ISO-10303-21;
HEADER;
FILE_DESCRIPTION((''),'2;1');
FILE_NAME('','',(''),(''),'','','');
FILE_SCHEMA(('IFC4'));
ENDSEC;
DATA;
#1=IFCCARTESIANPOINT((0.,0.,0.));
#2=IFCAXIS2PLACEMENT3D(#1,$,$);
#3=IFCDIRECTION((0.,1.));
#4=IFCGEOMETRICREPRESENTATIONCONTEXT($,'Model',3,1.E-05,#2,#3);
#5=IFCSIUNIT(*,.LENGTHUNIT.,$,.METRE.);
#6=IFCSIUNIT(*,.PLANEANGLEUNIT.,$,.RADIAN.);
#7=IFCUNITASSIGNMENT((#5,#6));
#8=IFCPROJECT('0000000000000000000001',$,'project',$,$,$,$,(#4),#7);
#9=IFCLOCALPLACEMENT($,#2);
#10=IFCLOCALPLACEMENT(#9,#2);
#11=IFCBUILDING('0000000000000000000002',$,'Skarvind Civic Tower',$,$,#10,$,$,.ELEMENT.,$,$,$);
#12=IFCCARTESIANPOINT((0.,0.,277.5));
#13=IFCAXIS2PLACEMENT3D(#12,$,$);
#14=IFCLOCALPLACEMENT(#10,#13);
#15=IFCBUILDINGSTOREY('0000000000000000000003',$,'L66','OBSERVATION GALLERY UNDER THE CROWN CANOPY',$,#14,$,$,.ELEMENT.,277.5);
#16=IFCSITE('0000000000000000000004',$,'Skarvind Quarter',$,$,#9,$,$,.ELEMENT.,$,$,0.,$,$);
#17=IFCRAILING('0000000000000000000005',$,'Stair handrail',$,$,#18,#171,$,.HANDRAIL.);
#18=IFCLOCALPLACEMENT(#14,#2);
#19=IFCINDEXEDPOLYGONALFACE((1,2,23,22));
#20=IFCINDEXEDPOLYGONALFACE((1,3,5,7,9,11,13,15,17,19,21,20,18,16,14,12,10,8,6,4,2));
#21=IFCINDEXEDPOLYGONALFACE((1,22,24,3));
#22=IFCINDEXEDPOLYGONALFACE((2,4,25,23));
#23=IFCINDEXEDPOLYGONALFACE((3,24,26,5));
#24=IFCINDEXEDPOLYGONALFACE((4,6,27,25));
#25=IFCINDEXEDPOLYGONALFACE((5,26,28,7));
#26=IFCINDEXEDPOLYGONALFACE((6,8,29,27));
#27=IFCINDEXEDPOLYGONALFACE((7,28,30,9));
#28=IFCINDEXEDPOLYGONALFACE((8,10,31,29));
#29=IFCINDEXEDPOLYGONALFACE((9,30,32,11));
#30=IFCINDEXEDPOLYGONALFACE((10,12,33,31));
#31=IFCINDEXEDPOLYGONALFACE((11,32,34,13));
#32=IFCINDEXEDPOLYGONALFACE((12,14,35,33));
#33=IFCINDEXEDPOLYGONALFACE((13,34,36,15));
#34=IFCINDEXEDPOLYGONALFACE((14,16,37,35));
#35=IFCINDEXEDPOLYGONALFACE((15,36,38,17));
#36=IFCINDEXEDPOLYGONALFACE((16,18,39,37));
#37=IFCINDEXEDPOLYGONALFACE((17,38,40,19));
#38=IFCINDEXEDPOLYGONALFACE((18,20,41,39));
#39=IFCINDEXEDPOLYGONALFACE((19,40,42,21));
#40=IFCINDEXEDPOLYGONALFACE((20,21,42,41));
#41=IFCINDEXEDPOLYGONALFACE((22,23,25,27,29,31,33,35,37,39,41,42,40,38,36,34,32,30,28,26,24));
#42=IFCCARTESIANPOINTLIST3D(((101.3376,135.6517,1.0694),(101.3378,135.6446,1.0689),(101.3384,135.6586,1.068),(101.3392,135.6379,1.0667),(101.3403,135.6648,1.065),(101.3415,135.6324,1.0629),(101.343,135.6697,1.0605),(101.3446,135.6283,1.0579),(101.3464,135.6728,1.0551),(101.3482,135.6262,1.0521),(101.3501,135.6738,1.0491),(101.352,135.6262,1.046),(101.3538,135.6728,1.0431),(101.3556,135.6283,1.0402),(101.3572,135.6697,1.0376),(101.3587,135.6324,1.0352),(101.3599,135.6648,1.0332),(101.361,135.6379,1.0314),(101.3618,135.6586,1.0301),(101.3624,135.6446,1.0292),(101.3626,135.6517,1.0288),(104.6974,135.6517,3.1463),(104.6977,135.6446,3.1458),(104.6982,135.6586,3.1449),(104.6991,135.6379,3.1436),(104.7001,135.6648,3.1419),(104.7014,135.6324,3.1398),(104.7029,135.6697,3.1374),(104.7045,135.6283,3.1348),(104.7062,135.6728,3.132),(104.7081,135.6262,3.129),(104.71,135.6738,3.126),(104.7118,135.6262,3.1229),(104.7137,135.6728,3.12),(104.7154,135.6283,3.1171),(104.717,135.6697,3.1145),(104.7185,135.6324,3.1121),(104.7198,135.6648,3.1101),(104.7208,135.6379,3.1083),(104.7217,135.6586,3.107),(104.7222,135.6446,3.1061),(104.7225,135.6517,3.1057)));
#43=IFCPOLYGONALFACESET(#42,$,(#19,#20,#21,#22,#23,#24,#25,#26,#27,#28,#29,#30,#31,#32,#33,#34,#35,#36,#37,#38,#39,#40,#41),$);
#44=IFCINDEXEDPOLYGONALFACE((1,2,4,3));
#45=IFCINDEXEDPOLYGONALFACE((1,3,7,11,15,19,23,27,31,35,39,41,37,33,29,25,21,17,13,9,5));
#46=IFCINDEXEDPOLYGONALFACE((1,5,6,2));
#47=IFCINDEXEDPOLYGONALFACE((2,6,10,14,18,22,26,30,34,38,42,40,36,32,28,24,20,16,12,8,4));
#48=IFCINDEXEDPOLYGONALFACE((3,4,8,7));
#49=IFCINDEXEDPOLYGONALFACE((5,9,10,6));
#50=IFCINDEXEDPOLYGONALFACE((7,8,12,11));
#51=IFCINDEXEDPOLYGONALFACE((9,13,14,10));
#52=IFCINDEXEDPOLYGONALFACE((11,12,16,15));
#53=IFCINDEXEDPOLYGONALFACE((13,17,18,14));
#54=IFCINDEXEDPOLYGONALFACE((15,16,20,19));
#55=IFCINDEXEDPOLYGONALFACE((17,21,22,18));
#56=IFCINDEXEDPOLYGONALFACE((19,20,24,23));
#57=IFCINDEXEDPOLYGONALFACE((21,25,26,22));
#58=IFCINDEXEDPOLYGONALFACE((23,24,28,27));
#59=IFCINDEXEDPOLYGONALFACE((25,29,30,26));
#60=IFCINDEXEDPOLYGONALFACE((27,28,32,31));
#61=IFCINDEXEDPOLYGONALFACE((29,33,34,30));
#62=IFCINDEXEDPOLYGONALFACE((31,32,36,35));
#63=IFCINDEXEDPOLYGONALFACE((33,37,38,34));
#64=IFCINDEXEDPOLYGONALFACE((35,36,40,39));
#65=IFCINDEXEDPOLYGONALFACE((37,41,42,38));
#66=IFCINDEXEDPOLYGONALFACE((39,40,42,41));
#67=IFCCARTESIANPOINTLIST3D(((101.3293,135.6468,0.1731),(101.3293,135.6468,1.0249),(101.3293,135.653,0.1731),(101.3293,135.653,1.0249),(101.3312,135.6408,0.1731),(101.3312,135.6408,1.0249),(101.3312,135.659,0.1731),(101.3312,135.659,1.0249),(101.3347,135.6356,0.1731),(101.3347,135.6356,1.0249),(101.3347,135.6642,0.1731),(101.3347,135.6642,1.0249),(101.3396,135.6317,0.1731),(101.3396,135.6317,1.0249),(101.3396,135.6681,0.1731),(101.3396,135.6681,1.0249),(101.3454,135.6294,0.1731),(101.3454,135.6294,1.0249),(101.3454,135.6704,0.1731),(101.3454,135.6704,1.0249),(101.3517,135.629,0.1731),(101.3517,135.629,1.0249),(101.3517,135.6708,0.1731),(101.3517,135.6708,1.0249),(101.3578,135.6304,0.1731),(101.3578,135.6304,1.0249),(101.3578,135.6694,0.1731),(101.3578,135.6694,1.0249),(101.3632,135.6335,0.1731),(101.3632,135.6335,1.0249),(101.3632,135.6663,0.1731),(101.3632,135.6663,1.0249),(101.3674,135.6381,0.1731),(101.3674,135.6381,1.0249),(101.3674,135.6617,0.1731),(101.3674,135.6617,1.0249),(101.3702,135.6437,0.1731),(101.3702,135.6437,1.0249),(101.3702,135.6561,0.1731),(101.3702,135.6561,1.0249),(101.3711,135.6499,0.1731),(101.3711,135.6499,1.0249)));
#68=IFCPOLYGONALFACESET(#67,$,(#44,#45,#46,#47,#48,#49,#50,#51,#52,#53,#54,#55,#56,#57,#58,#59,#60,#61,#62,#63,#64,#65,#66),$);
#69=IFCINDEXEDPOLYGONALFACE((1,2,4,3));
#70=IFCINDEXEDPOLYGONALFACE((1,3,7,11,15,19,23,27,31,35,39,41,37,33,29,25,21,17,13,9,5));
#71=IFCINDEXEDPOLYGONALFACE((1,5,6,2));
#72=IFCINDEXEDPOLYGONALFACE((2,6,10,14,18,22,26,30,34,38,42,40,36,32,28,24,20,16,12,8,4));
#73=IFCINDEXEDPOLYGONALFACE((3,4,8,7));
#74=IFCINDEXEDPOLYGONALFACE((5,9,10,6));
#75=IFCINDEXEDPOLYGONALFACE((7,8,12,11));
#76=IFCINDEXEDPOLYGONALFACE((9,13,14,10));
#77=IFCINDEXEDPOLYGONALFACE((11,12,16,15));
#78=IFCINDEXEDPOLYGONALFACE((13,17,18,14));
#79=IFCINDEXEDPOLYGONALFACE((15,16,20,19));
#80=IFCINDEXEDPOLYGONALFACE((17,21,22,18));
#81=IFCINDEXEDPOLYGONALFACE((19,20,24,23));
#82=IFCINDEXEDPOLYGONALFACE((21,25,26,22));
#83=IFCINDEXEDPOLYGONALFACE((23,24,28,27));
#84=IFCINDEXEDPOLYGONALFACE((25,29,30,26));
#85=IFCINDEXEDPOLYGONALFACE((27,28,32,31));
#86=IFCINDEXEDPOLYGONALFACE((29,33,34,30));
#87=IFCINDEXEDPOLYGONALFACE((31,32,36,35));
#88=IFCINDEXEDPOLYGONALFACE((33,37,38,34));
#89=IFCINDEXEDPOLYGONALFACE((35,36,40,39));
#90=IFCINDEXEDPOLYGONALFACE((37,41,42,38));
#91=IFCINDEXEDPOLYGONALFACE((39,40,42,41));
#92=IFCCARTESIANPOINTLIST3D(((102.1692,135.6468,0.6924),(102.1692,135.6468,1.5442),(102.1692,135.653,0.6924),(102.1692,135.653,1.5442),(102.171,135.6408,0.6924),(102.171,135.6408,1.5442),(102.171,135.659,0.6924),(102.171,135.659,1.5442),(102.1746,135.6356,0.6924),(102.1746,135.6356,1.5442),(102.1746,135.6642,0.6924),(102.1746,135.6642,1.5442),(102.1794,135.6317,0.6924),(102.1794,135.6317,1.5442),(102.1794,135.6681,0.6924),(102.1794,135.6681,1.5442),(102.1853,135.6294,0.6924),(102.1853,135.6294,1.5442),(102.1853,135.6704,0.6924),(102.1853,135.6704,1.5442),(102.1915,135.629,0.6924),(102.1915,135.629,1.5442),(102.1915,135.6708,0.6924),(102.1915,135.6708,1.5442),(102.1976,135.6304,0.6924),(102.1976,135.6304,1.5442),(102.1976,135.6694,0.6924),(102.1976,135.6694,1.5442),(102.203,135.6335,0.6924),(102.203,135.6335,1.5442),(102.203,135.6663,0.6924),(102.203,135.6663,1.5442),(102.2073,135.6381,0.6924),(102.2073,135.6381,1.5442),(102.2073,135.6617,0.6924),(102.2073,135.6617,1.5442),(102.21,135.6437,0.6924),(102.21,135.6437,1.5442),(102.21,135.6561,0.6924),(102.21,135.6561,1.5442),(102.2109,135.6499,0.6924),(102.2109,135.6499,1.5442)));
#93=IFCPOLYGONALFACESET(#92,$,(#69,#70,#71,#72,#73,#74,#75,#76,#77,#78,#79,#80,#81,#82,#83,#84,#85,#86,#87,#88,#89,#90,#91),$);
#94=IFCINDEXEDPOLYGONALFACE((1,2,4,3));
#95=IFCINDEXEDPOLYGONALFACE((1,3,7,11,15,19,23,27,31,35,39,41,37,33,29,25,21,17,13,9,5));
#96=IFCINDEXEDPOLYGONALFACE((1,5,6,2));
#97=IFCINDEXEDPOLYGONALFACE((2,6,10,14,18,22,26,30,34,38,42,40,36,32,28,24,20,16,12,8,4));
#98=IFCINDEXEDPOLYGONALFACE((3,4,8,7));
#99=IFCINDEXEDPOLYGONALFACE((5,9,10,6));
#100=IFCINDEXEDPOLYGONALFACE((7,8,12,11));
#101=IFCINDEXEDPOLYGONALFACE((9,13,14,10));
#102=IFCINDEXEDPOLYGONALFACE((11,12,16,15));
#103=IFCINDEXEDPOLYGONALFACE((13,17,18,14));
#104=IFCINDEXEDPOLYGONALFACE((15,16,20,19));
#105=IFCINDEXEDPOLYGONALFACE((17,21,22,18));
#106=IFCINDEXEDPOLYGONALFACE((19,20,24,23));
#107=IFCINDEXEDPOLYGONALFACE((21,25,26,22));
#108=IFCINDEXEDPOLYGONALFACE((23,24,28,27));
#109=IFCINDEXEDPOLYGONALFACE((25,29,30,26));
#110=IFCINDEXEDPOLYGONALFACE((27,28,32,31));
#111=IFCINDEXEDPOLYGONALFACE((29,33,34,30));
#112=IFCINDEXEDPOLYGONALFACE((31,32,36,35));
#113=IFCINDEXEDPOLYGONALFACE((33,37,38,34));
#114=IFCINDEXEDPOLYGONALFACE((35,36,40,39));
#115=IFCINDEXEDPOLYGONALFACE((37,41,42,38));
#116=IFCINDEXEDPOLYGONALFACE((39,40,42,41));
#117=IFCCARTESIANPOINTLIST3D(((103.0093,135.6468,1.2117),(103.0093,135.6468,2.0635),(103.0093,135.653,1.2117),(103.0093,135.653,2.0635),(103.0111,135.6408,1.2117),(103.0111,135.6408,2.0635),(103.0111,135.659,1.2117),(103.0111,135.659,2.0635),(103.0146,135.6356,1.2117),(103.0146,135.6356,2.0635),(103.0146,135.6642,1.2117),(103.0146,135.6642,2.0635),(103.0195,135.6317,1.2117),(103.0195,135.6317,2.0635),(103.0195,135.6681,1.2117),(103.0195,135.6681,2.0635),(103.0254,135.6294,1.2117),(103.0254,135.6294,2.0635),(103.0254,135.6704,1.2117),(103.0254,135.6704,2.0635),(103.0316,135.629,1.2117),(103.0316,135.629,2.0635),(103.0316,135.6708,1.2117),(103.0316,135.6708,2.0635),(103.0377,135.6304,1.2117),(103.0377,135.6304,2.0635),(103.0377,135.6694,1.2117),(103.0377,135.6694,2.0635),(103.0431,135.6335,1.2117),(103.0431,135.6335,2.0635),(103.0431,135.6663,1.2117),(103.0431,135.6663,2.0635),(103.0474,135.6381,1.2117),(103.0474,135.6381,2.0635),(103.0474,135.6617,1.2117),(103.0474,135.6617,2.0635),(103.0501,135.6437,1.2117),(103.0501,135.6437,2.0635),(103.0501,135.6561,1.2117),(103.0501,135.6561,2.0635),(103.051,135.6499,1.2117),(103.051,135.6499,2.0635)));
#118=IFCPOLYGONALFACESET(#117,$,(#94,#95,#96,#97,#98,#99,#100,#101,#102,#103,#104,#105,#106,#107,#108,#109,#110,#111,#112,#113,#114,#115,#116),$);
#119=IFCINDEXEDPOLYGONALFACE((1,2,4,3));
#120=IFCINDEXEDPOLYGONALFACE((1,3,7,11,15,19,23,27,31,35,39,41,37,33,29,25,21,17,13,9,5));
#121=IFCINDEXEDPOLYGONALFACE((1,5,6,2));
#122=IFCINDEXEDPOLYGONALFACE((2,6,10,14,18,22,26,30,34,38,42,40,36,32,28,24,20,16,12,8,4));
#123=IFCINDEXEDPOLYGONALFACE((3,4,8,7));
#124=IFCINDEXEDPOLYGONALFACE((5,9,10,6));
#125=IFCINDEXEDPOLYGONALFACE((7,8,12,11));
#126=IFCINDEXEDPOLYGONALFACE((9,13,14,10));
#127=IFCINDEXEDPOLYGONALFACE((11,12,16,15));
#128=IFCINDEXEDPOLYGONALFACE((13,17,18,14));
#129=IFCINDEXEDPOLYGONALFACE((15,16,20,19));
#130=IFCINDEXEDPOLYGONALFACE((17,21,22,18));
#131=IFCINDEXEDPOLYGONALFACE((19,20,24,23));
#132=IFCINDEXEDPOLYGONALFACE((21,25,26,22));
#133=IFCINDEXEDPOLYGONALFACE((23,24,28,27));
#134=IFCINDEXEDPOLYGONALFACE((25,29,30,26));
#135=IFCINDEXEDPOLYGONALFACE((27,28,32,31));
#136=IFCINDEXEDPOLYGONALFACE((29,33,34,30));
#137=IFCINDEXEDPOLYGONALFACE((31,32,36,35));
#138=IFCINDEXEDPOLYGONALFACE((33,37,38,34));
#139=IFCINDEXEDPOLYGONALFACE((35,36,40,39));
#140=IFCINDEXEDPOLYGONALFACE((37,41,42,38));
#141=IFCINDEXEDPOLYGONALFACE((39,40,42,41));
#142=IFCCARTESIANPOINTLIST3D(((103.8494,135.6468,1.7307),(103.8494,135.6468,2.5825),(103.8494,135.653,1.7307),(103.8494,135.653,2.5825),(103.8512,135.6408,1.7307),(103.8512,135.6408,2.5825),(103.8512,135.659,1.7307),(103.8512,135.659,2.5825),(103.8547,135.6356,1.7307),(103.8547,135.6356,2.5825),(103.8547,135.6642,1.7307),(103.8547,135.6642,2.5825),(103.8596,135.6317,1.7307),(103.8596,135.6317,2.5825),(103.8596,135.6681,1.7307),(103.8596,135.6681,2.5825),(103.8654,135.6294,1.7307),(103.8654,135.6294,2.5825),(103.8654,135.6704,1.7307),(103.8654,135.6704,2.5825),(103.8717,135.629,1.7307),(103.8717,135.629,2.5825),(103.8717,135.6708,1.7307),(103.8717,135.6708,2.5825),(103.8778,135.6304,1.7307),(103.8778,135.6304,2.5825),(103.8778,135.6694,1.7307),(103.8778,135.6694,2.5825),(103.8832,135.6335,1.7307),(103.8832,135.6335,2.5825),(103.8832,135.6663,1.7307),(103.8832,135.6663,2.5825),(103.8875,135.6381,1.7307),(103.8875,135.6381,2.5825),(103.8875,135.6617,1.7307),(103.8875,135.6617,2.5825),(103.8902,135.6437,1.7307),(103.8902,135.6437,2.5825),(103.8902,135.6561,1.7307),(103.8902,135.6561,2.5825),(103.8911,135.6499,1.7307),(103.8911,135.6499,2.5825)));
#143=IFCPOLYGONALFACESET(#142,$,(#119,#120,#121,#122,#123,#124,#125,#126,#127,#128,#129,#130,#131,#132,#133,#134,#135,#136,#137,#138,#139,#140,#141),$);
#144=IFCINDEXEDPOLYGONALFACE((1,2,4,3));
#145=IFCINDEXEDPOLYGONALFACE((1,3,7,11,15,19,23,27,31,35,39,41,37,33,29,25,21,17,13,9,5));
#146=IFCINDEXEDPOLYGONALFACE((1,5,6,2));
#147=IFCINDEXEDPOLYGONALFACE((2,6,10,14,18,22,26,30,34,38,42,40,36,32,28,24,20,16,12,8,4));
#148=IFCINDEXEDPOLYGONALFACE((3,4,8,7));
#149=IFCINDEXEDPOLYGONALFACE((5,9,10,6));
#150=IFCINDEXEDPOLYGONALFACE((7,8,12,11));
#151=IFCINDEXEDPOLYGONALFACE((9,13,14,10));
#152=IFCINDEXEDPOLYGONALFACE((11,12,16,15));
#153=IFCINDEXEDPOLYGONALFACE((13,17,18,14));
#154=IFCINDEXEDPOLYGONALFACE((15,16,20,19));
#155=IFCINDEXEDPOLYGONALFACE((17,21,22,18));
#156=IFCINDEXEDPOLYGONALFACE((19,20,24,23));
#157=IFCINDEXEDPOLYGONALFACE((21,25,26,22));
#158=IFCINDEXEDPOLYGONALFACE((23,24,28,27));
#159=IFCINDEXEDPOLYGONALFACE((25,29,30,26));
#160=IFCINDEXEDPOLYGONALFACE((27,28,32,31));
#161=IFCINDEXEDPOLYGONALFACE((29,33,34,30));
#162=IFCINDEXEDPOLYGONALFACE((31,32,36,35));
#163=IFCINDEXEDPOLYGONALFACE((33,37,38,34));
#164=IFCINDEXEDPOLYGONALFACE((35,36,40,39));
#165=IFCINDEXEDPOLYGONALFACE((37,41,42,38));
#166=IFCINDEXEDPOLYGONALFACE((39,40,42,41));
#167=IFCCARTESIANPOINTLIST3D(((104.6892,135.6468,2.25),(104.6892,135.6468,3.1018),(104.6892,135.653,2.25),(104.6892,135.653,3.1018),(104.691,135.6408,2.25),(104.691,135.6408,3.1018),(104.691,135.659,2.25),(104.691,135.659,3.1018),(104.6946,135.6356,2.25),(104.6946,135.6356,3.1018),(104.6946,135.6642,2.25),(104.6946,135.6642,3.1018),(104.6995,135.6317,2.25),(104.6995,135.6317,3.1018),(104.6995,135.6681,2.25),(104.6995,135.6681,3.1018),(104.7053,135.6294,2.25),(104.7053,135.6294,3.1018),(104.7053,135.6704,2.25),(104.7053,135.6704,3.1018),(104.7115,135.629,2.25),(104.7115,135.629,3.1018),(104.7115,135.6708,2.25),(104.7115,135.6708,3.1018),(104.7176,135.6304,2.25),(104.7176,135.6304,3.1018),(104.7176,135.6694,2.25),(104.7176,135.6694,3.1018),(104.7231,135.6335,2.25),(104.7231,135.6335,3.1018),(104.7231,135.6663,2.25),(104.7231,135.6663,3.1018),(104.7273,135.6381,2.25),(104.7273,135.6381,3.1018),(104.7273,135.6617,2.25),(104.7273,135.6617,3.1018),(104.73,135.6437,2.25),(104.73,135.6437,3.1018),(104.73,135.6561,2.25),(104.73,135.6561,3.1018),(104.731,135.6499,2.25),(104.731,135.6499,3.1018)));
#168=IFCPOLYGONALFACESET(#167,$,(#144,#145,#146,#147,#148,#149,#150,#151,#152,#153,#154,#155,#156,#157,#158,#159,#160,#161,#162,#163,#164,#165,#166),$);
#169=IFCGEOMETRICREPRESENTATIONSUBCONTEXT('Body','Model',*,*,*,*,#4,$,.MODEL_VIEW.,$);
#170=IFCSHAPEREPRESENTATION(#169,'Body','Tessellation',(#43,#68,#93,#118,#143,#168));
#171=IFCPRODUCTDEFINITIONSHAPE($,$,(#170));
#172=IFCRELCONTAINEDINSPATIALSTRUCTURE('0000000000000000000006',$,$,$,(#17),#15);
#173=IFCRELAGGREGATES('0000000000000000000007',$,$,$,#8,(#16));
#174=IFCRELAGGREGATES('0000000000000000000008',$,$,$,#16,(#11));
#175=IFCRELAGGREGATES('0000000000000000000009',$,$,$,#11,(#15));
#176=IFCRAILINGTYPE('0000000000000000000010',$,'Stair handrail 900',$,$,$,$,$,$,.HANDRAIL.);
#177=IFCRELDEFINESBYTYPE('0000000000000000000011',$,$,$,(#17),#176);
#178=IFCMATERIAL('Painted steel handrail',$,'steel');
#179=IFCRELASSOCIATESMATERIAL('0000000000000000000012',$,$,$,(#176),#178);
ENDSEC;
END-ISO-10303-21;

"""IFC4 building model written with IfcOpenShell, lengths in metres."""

from ifc_helpers import new_model, si_unit, direction, frame, origin, origin_2d, place, context, subcontext, project, spatial, circle, extrude, material, type_object, element, save


model = new_model("IFC4")

# Units and contexts
model_context = context("Model", 3, precision=1e-05, world=origin(), true_north=direction((0.0, 1.0)))
body_context = subcontext(model_context, "Body", "Model", "MODEL_VIEW")
ifc_project = project(units=[si_unit("LENGTHUNIT", "METRE"), si_unit("PLANEANGLEUNIT", "RADIAN")], contexts=[model_context])

# Site, building, storey
site_placement = place(None, origin())
site = spatial("IfcSite", under=ifc_project, at=site_placement, Name="Skarvind Quarter", CompositionType="ELEMENT", RefElevation=0.0)
building_placement = place(site_placement, origin())
building = spatial("IfcBuilding", under=site, at=building_placement, Name="Skarvind Civic Tower", CompositionType="ELEMENT")
storey_placement = place(building_placement, frame((0.0, 0.0, 277.5)))
storey = spatial("IfcBuildingStorey", under=building, at=storey_placement, Name="L66", Description="OBSERVATION GALLERY UNDER THE CROWN CANOPY", CompositionType="ELEMENT", Elevation=277.5)

# Railing
ifc_material_1 = material(Name="Painted steel handrail", Category="steel")
railing_type = type_object("IfcRailingType", Name="Stair handrail 900", PredefinedType="HANDRAIL", material=ifc_material_1)
railing_1_placement = place(storey_placement, frame((101.3501, 135.6499, 0.1731)))
element("IfcRailing", 1, at=railing_1_placement, inside=storey, type_object=railing_type, Name="Stair handrail", PredefinedType="HANDRAIL", context=body_context, shape_type="SweptSolid", body=[
    extrude(circle(Radius=0.0239, at=origin_2d()), frame((0.0, 0.0, 0.876), z_axis=(0.850606, 0.0, 0.525803), x_axis=(0.0, 1.0, 0.0)), (0.0, 0.0, 1.0), 3.95),
    extrude(circle(Radius=0.021, at=origin_2d()), origin(), (0.0, 0.0, 1.0), 0.8518),
    extrude(circle(Radius=0.021, at=origin_2d()), frame((0.8398, 0.0, 0.5193)), (0.0, 0.0, 1.0), 0.8518),
    extrude(circle(Radius=0.021, at=origin_2d()), frame((1.6799, 0.0, 1.0386)), (0.0, 0.0, 1.0), 0.8518),
    extrude(circle(Radius=0.021, at=origin_2d()), frame((2.52, 0.0, 1.5576)), (0.0, 0.0, 1.0), 0.8518),
    extrude(circle(Radius=0.021, at=origin_2d()), frame((3.3599, 0.0, 2.0769)), (0.0, 0.0, 1.0), 0.8518),
])

save(model, "model.ifc")
